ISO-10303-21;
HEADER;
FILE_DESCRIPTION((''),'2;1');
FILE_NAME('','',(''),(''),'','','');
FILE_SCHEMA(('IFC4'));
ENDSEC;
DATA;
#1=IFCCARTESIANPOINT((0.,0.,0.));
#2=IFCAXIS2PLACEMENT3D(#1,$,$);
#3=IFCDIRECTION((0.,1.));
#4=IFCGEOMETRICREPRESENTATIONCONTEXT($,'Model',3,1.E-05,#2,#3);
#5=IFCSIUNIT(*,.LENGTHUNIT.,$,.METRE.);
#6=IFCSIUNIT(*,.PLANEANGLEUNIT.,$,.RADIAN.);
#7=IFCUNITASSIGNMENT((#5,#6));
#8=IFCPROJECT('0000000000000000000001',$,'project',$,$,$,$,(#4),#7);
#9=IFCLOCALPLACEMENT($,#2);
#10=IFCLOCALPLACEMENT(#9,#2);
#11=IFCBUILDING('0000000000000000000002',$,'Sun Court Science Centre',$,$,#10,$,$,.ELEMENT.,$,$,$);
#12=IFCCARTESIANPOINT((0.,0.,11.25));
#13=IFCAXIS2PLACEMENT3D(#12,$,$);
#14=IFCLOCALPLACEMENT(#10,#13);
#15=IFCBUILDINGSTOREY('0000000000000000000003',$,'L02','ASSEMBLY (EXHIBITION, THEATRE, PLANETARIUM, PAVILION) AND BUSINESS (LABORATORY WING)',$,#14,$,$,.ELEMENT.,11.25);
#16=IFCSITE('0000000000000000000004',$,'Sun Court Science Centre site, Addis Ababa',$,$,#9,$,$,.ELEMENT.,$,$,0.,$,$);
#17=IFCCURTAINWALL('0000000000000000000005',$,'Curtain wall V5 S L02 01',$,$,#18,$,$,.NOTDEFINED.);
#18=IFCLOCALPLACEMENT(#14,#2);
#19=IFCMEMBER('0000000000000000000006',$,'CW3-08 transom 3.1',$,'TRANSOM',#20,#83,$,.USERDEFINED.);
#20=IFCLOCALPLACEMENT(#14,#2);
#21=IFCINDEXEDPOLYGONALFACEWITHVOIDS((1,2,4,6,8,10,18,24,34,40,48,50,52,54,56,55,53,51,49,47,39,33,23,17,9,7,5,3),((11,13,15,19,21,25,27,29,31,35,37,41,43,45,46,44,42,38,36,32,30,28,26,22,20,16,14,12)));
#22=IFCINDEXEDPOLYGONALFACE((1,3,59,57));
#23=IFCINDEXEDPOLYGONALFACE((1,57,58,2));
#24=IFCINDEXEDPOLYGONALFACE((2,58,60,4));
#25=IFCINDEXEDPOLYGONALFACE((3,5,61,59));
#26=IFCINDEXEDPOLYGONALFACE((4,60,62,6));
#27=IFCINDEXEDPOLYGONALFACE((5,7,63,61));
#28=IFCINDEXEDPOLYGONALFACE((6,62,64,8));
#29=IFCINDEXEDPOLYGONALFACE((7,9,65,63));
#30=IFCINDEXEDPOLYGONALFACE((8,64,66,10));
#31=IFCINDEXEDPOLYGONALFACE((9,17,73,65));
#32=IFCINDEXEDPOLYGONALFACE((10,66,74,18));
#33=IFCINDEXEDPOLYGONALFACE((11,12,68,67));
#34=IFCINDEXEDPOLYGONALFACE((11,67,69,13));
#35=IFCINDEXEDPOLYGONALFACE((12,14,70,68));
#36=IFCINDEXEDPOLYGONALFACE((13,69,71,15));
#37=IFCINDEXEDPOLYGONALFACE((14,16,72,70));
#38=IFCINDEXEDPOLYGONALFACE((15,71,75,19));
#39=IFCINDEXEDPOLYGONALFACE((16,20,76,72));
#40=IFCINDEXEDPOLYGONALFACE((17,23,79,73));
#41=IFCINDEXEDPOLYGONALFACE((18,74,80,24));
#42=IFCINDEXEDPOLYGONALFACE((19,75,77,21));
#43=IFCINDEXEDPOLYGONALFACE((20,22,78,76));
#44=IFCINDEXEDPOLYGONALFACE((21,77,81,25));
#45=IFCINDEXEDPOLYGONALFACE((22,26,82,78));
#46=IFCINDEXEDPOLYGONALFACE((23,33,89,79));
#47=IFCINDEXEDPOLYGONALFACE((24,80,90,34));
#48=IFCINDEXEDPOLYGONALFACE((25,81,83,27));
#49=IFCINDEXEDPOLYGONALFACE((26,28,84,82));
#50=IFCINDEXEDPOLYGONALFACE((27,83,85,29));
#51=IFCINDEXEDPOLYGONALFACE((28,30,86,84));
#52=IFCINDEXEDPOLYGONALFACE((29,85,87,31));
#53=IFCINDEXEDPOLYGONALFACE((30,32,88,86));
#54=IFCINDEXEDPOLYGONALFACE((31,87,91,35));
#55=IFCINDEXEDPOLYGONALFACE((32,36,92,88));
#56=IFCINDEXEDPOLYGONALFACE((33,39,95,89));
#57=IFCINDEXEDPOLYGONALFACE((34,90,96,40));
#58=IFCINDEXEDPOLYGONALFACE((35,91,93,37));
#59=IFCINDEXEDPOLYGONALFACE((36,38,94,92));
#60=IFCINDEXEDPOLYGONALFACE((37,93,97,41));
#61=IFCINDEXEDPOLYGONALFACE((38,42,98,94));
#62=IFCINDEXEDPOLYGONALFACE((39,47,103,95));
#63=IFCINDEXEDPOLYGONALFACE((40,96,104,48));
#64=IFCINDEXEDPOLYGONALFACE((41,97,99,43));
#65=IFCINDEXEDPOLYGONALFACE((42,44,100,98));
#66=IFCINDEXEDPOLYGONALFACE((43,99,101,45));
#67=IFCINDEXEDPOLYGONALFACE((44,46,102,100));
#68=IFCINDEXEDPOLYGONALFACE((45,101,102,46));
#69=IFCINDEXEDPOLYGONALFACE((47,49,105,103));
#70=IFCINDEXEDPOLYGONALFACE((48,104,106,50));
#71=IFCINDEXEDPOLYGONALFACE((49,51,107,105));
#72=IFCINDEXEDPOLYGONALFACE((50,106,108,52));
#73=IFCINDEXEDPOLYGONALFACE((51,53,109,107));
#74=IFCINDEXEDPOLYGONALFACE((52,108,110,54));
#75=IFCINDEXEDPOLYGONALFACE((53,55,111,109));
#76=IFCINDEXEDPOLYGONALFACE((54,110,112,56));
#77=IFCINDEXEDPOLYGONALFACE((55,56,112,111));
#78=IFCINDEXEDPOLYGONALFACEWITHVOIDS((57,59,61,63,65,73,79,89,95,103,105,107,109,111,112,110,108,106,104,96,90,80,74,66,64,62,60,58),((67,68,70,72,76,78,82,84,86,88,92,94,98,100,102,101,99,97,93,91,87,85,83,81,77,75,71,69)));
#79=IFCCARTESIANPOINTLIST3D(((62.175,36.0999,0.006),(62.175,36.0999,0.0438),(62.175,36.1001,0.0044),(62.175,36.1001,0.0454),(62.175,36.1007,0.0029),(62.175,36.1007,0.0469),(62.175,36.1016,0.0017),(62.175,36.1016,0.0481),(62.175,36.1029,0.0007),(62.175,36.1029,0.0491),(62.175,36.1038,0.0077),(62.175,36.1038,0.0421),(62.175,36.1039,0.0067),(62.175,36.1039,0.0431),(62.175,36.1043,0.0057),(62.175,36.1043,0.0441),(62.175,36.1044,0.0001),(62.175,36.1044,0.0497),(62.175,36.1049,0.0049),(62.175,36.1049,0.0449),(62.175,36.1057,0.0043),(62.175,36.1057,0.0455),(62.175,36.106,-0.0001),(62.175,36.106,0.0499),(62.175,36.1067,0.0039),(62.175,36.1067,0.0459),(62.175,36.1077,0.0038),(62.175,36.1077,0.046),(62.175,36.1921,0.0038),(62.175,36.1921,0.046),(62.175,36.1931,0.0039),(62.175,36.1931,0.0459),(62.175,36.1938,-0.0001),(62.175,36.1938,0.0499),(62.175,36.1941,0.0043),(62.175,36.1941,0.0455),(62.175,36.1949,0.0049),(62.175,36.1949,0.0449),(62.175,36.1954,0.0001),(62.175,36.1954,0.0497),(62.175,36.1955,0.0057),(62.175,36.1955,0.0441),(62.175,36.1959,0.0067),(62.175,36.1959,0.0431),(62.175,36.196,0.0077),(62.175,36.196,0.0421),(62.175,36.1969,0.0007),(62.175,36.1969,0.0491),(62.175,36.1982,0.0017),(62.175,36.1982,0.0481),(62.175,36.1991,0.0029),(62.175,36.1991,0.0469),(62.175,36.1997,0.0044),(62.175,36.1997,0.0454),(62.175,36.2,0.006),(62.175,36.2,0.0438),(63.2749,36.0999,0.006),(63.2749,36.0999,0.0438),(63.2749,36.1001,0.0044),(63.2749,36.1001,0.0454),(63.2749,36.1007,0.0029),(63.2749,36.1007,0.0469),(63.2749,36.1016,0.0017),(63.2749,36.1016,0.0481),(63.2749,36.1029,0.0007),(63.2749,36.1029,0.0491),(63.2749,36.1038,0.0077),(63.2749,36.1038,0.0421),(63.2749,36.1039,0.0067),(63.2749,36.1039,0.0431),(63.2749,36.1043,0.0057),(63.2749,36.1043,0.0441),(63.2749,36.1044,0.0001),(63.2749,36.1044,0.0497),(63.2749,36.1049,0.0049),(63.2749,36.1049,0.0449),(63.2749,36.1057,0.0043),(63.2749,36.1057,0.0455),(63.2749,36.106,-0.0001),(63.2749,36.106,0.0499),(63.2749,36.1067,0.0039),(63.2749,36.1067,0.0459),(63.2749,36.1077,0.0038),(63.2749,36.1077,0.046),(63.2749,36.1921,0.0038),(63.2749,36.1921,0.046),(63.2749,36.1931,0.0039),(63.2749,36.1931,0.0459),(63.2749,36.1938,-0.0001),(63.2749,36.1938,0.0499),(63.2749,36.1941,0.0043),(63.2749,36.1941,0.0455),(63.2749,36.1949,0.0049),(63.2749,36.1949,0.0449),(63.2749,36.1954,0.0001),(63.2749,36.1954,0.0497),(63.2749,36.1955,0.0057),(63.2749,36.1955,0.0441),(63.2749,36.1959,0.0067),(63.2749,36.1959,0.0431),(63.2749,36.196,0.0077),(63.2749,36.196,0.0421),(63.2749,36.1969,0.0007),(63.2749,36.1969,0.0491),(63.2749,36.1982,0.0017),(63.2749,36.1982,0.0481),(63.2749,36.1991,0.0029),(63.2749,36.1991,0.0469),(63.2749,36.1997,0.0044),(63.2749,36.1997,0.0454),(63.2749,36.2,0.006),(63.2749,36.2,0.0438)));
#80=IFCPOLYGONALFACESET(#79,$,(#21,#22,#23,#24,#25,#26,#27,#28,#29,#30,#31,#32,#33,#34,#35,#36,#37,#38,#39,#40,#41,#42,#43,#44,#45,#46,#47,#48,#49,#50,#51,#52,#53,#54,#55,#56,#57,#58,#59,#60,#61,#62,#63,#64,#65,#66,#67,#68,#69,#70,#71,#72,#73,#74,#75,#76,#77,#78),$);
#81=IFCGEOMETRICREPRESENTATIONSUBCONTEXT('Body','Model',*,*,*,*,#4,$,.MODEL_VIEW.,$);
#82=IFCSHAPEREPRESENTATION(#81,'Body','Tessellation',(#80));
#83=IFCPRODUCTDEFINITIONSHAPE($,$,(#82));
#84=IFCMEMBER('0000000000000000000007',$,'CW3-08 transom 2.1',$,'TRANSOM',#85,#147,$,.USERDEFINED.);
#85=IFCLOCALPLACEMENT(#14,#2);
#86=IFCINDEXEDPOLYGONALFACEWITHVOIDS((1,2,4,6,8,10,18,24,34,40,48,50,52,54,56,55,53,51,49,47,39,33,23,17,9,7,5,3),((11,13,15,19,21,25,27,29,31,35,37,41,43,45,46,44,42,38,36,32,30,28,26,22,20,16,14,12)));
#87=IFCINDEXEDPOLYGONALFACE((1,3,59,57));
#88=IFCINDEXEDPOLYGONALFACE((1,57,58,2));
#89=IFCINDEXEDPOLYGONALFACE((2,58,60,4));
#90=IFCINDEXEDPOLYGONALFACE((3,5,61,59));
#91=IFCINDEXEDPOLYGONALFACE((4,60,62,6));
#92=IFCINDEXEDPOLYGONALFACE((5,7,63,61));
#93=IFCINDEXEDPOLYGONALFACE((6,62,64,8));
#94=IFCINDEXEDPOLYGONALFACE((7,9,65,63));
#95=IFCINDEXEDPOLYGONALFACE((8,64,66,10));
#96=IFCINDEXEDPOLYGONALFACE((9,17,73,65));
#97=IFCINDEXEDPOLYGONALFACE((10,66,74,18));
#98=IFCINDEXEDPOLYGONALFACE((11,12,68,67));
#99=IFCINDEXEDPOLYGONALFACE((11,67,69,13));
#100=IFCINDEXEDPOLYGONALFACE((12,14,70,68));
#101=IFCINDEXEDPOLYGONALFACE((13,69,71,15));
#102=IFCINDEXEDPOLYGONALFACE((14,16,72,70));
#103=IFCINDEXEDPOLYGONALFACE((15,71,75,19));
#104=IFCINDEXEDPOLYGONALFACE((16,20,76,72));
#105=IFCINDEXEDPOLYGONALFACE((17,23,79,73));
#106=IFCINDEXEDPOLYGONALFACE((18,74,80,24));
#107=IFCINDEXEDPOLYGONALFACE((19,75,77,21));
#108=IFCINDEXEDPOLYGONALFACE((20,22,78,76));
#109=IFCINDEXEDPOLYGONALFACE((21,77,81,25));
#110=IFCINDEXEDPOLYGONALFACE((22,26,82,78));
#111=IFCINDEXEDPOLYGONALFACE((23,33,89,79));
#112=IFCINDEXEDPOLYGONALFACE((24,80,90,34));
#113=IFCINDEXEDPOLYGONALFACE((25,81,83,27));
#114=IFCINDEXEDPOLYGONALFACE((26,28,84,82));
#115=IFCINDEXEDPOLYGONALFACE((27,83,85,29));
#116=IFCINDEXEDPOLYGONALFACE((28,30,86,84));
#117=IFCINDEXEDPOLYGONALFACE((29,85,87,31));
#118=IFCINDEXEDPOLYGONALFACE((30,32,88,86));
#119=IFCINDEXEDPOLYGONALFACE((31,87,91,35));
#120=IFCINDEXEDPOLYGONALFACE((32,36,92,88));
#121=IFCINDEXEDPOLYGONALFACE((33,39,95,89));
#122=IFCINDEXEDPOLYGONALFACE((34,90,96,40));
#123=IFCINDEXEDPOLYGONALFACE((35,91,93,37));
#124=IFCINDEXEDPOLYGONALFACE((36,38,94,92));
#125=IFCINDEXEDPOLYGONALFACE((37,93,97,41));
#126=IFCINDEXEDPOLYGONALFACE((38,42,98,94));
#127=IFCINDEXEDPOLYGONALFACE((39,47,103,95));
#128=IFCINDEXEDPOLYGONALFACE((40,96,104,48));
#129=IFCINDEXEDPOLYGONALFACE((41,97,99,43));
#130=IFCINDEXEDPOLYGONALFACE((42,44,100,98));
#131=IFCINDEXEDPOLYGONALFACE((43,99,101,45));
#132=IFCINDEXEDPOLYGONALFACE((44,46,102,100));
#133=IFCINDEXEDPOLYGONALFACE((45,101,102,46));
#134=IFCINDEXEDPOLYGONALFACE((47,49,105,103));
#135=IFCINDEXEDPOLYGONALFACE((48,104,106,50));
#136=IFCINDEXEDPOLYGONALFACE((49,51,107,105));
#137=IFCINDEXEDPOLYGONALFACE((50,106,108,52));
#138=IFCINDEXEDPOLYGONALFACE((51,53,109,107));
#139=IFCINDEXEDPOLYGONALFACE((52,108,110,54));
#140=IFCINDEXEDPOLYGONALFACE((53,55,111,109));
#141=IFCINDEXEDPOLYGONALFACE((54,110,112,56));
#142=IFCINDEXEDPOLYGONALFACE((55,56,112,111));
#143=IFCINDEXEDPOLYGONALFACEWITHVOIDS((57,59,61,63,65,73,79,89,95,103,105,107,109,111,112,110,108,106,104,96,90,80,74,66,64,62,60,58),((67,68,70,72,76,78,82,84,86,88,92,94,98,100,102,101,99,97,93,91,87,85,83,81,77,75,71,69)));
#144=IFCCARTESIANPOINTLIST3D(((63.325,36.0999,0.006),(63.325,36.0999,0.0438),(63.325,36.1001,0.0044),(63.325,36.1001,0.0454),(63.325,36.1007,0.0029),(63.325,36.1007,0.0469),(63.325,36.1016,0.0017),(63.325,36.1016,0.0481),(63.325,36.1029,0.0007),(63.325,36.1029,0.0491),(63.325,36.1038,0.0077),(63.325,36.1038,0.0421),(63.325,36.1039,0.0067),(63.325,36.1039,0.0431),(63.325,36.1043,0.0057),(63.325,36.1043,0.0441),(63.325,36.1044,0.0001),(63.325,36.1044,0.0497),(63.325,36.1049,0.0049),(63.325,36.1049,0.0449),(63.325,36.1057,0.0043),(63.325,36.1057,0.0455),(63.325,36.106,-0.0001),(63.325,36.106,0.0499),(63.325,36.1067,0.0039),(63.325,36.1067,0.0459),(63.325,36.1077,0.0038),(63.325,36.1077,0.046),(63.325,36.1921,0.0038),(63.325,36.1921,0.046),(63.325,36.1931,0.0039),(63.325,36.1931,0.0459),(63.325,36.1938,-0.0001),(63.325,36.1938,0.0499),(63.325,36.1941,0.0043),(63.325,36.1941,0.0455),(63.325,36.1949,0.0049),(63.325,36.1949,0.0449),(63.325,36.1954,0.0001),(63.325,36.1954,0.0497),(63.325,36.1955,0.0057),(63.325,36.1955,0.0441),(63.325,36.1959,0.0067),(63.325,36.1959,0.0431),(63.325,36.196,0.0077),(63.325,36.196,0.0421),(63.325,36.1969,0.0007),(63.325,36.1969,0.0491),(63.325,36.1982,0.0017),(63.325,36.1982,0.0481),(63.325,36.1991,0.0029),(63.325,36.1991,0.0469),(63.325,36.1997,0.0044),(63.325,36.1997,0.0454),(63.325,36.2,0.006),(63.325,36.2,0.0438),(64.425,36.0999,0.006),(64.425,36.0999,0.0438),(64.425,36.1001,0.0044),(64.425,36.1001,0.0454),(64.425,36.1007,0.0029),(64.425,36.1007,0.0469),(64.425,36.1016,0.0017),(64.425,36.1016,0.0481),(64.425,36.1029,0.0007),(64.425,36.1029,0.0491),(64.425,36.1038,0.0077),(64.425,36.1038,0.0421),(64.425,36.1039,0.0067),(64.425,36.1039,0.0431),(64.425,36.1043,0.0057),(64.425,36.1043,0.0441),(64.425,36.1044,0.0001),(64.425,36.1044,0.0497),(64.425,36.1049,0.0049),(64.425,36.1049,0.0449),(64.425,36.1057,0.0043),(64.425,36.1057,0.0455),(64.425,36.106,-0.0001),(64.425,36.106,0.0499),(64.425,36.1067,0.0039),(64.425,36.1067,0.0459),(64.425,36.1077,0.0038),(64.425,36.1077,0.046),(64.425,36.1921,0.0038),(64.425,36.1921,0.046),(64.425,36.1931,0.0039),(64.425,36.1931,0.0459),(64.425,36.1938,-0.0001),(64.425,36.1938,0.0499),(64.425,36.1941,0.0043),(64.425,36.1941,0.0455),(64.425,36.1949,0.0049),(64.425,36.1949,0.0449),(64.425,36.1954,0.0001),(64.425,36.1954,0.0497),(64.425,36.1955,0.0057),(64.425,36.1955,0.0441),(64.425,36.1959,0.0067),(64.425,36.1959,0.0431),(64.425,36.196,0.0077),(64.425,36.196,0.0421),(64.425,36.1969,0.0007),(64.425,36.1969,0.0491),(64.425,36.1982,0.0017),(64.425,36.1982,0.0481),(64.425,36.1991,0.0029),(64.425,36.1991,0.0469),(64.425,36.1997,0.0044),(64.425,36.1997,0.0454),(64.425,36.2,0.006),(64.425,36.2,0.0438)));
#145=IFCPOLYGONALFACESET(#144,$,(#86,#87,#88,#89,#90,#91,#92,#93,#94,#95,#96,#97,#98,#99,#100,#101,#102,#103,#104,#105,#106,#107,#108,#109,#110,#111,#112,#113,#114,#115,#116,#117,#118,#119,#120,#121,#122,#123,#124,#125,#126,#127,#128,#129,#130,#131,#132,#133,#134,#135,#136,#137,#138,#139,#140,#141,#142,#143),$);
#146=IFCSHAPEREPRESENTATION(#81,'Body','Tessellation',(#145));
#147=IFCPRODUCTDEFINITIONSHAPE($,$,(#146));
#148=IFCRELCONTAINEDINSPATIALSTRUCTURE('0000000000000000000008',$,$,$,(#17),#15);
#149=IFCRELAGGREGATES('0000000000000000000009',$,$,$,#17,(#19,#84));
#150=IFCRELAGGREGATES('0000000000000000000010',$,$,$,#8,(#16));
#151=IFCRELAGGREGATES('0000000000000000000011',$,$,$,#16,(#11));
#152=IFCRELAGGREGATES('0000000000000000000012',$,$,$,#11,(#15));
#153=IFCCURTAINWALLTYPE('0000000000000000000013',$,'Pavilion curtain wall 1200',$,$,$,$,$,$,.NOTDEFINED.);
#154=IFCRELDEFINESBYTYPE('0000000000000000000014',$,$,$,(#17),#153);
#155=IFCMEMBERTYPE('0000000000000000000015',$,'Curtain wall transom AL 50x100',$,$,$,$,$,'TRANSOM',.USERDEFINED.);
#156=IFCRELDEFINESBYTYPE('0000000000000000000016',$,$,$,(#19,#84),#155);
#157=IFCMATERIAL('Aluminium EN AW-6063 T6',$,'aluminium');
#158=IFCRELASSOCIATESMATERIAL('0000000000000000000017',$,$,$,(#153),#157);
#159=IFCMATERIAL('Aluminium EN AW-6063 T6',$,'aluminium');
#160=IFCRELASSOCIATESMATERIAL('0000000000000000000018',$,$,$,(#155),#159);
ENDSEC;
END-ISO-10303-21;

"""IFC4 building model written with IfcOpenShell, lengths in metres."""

from ifc_helpers import new_model, si_unit, direction, frame, origin, origin_2d, place, context, subcontext, project, spatial, hollow_rectangle, extrude, material, material_profile, profile_set, type_object, element, aggregate, save


model = new_model("IFC4")

# Units and contexts
model_context = context("Model", 3, precision=1e-05, world=origin(), true_north=direction((0.0, 1.0)))
body_context = subcontext(model_context, "Body", "Model", "MODEL_VIEW")
ifc_project = project(units=[si_unit("LENGTHUNIT", "METRE"), si_unit("PLANEANGLEUNIT", "RADIAN")], contexts=[model_context])

# Site, building, storey
site_placement = place(None, origin())
site = spatial("IfcSite", under=ifc_project, at=site_placement, Name="Sun Court Science Centre site, Addis Ababa", CompositionType="ELEMENT", RefElevation=0.0)
building_placement = place(site_placement, origin())
building = spatial("IfcBuilding", under=site, at=building_placement, Name="Sun Court Science Centre", CompositionType="ELEMENT")
storey_placement = place(building_placement, frame((0.0, 0.0, 11.25)))
storey = spatial("IfcBuildingStorey", under=building, at=storey_placement, Name="L02", Description="ASSEMBLY (EXHIBITION, THEATRE, PLANETARIUM, PAVILION) AND BUSINESS (LABORATORY WING)", CompositionType="ELEMENT", Elevation=11.25)

# Curtain wall, members
ifc_material_1 = material(Name="Aluminium EN AW-6063 T6", Category="aluminium")
curtain_wall_type = type_object("IfcCurtainWallType", Name="Pavilion curtain wall 1200", PredefinedType="NOTDEFINED", material=ifc_material_1)
curtain_wall_placement = place(storey_placement, origin())
curtain_wall = element("IfcCurtainWall", 1, at=curtain_wall_placement, inside=storey, type_object=curtain_wall_type, Name="Curtain wall V5 S L02 01", PredefinedType="NOTDEFINED")
ifc_material_2 = material(Name="Aluminium EN AW-6063 T6", Category="aluminium")
ifc_material_profile_1 = material_profile(ifc_material_2, hollow_rectangle(XDim=0.05, YDim=0.1001, WallThickness=0.0039, InnerFilletRadius=0.0039, OuterFilletRadius=0.0061, at=origin_2d()), Name="AL 50x100x4")
ifc_profile_set_1 = profile_set([ifc_material_profile_1], Name="Aluminium EN AW-6063 T6")
member_type_1 = type_object("IfcMemberType", Name="Curtain wall transom AL 50x100", ElementType="TRANSOM", PredefinedType="USERDEFINED", material=ifc_profile_set_1)
member_1_placement = place(storey_placement, frame((63.2749, 36.1499, 0.0249), z_axis=(-1.0, 0.0, 0.0), x_axis=(0.0, 0.0, 1.0)))
member_1 = element("IfcMember", 2, at=member_1_placement, type_object=member_type_1, Name="CW3-08 transom 3.1", ObjectType="TRANSOM", PredefinedType="USERDEFINED", context=body_context, shape_type="SweptSolid", body=[
    extrude(hollow_rectangle(XDim=0.05, YDim=0.1001, WallThickness=0.0039, InnerFilletRadius=0.0039, OuterFilletRadius=0.0061, at=origin_2d()), origin(), (0.0, 0.0, 1.0), 1.0999),
])
member_2_placement = place(storey_placement, frame((64.425, 36.1499, 0.0249), z_axis=(-1.0, 0.0, 0.0), x_axis=(0.0, 0.0, 1.0)))
member_2 = element("IfcMember", 3, at=member_2_placement, type_object=member_type_1, Name="CW3-08 transom 2.1", ObjectType="TRANSOM", PredefinedType="USERDEFINED", context=body_context, shape_type="SweptSolid", body=[
    extrude(hollow_rectangle(XDim=0.05, YDim=0.1001, WallThickness=0.0039, InnerFilletRadius=0.0039, OuterFilletRadius=0.0061, at=origin_2d()), origin(), (0.0, 0.0, 1.0), 1.1001),
])
aggregate(curtain_wall, [member_1, member_2])

save(model, "model.ifc")
